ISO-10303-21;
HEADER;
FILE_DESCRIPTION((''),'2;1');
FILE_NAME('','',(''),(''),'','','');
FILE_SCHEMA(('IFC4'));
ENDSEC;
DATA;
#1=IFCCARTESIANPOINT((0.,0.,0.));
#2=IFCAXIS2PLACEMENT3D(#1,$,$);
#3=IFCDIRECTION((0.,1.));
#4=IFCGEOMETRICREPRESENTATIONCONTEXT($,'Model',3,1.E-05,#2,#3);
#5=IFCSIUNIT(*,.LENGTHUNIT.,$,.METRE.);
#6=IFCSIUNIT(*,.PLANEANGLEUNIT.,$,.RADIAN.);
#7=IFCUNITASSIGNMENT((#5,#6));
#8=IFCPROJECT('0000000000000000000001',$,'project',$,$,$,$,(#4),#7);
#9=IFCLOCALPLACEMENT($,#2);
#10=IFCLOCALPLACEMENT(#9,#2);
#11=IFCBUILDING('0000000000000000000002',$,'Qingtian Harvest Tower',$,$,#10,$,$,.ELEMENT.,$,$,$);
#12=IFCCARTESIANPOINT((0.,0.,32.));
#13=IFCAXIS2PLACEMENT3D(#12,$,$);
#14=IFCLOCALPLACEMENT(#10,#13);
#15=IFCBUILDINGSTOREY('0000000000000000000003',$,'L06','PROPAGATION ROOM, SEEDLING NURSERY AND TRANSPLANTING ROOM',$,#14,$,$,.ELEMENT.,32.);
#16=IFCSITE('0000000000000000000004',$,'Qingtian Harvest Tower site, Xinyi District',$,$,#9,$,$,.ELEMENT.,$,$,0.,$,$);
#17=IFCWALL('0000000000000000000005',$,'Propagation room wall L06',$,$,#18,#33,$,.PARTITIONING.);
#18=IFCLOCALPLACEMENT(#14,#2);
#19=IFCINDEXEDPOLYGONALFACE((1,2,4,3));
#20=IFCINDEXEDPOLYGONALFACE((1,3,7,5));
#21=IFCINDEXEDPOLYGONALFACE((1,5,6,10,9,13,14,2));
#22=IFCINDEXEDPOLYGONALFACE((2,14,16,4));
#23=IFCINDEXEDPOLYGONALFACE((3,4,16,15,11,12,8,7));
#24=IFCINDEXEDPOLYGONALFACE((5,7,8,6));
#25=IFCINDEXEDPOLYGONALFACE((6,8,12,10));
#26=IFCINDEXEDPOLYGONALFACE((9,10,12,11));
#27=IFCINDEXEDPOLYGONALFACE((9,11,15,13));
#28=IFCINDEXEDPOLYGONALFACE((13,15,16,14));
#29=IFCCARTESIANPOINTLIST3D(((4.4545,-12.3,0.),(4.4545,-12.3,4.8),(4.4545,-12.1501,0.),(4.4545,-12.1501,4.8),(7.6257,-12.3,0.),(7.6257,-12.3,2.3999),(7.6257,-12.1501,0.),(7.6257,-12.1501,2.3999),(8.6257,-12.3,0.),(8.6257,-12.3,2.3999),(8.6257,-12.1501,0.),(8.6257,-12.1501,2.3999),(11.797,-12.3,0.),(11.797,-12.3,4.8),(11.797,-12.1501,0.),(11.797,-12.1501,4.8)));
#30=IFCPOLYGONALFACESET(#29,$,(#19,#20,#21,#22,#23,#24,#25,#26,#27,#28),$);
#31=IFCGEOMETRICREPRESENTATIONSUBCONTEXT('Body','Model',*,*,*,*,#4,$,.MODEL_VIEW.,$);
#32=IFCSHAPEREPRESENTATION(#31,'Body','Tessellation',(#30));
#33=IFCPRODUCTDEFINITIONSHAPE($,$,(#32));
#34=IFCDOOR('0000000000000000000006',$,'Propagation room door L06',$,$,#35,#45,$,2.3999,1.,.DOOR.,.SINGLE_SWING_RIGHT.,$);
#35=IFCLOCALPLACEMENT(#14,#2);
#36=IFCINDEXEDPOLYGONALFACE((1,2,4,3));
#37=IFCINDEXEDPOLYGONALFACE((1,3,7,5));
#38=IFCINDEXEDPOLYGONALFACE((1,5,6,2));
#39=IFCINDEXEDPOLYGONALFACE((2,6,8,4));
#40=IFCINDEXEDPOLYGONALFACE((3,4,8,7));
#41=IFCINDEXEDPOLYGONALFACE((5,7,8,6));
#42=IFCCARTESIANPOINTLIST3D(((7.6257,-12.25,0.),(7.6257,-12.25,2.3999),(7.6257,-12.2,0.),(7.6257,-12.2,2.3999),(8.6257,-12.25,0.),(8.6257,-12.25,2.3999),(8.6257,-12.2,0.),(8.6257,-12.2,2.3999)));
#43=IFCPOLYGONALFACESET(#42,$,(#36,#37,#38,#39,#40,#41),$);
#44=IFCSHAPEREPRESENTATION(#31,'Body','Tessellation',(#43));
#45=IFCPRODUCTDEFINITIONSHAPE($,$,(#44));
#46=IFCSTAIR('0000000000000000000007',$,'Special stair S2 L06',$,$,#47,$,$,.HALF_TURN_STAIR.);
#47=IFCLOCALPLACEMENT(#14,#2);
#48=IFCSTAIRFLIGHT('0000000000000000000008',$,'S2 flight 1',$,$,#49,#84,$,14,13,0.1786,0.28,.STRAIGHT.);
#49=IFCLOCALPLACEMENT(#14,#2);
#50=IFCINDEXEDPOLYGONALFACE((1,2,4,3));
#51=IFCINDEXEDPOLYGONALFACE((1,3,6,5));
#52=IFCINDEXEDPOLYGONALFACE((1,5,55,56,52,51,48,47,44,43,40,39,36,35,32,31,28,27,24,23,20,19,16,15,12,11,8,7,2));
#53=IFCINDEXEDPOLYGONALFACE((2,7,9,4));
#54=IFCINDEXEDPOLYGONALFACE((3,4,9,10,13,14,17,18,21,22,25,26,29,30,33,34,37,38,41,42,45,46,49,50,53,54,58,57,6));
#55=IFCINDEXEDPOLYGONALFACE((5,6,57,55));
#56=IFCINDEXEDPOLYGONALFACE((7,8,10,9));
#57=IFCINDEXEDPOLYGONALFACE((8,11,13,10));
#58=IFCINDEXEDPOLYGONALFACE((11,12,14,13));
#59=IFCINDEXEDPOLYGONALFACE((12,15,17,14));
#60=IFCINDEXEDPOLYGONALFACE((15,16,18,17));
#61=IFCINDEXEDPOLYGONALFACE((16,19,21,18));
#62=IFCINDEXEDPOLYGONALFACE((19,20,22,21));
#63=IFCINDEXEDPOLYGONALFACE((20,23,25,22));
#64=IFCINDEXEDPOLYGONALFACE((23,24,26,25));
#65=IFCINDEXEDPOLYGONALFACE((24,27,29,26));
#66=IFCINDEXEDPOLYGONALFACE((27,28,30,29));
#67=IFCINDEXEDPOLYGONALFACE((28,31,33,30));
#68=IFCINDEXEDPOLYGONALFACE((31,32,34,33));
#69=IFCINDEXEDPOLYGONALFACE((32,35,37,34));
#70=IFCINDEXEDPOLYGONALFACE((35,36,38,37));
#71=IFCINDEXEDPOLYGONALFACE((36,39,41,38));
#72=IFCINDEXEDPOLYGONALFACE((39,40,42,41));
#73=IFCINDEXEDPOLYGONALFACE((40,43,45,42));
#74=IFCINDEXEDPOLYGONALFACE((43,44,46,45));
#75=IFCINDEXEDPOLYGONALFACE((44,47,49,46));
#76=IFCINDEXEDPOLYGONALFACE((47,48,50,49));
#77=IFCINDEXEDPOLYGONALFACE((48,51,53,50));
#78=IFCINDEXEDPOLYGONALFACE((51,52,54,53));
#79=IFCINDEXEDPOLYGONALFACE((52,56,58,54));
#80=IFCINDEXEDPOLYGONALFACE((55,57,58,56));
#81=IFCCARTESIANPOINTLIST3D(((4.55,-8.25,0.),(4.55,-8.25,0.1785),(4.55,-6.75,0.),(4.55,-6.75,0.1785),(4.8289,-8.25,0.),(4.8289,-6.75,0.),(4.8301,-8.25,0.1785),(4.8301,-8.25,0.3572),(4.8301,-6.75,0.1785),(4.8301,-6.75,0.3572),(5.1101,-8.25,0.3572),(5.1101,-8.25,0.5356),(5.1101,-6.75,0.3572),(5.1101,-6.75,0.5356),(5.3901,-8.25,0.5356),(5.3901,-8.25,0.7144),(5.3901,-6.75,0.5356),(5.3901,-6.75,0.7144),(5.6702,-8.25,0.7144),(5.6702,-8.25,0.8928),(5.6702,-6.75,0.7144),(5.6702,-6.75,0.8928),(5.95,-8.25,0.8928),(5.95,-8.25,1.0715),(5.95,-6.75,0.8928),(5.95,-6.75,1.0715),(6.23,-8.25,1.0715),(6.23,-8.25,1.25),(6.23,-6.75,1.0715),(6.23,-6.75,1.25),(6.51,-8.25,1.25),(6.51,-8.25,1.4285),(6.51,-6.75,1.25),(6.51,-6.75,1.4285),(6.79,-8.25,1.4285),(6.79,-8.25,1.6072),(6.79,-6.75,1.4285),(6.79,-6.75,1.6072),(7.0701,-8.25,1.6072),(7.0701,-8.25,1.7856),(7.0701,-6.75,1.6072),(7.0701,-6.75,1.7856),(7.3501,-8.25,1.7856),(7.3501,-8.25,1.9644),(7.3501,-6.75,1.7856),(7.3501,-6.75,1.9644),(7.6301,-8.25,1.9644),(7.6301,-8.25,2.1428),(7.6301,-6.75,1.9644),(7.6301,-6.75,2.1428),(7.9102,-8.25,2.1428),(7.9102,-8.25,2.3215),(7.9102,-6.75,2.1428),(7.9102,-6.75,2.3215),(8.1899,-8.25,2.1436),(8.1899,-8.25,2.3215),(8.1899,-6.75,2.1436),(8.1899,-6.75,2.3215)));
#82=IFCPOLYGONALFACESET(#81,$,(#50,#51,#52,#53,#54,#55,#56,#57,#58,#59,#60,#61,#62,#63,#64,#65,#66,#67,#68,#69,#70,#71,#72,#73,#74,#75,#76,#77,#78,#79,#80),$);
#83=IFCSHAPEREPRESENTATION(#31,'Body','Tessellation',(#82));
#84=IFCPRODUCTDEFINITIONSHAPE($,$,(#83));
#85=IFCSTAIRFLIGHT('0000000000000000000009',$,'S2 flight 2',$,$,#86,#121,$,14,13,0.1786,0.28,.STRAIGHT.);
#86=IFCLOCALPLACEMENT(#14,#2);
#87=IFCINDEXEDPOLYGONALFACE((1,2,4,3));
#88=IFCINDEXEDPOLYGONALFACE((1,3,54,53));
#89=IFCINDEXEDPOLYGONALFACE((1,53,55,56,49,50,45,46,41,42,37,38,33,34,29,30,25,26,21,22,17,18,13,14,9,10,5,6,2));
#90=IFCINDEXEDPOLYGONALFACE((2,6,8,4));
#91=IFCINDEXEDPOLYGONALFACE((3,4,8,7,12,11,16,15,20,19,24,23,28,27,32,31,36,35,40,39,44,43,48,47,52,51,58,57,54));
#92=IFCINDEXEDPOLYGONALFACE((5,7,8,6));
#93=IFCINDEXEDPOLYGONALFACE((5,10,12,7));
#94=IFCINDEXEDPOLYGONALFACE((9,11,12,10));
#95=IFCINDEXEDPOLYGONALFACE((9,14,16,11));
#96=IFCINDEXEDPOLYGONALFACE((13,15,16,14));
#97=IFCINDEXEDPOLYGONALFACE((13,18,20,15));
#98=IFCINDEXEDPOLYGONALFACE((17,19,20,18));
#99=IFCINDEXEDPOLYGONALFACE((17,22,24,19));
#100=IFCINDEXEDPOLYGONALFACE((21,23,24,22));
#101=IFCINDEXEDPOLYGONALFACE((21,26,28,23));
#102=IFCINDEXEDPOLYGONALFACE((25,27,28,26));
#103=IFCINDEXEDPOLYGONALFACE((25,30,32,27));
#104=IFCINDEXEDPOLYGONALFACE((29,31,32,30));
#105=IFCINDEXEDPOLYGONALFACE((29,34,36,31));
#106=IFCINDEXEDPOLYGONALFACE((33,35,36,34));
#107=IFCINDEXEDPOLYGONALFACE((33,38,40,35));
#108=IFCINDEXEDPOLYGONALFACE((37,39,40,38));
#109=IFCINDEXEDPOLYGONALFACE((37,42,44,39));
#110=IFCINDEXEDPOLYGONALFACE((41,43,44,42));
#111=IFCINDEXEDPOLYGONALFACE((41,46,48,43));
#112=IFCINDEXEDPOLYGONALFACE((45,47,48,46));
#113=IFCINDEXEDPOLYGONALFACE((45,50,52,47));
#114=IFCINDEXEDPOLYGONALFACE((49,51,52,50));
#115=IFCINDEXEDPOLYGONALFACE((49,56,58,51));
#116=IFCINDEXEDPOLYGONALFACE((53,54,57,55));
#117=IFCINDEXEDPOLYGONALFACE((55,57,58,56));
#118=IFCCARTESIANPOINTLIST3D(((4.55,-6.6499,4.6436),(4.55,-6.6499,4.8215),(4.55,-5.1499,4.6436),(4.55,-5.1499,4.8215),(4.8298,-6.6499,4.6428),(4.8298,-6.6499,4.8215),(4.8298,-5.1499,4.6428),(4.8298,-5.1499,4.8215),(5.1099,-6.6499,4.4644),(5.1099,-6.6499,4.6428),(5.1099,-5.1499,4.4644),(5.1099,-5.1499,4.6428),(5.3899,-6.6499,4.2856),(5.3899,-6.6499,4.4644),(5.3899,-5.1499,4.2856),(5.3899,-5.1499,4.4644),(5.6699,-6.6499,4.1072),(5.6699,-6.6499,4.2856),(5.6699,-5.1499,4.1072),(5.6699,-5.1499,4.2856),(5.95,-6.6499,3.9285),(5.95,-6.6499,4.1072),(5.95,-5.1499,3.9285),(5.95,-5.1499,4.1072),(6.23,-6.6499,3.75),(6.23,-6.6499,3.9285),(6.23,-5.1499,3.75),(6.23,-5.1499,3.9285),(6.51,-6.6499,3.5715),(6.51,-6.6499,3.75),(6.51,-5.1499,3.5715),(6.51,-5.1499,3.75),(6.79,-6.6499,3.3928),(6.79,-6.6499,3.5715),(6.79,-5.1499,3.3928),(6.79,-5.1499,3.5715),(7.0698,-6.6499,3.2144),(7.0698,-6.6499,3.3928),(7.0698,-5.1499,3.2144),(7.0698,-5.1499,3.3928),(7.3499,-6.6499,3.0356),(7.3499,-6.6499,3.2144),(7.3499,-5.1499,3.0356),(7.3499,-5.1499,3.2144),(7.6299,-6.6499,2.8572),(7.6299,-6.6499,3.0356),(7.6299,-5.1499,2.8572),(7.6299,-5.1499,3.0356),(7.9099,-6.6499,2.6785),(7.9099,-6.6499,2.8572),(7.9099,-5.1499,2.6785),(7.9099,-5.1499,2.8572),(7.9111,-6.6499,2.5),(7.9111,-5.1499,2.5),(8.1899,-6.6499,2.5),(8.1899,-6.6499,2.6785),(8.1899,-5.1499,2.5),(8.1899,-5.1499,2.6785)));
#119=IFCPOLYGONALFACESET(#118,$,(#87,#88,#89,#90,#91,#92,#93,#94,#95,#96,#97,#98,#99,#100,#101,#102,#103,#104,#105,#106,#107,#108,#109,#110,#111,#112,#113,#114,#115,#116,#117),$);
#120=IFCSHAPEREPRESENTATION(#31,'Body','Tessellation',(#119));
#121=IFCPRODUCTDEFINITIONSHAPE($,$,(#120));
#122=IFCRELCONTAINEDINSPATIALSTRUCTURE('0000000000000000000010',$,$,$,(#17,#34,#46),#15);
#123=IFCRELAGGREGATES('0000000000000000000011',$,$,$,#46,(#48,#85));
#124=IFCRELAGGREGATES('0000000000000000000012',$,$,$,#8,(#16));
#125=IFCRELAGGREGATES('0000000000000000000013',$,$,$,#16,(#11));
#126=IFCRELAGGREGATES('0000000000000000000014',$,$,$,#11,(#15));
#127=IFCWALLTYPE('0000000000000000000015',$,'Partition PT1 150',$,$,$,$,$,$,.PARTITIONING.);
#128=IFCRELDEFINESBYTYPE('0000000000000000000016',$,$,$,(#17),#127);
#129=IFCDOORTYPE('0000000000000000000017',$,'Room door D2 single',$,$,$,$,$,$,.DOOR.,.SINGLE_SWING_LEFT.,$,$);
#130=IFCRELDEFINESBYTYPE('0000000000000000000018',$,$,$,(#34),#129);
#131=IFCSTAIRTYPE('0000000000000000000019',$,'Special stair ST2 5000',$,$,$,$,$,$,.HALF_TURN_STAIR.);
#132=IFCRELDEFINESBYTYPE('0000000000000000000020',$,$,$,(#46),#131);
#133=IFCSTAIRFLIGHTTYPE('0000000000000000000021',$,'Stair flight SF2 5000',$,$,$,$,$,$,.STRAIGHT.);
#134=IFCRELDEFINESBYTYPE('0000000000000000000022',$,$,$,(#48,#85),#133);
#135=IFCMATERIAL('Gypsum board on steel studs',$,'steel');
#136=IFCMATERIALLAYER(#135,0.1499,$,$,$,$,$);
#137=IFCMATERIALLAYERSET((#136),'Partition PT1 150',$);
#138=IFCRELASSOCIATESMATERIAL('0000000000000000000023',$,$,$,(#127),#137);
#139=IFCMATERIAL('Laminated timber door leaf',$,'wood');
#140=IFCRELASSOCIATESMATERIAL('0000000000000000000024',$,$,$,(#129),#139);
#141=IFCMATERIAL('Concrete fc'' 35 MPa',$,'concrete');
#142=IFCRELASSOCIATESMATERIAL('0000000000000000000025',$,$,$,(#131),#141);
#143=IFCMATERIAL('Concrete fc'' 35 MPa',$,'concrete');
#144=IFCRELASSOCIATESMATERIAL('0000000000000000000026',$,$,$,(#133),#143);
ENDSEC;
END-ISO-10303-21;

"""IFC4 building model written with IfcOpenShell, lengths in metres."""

from ifc_helpers import new_model, si_unit, direction, frame, frame_2d, origin, place, context, subcontext, project, spatial, polyline, rectangle, outline, extrude, material, layer, layer_set, type_object, element, fill, aggregate, save


model = new_model("IFC4")

# Units and contexts
model_context = context("Model", 3, precision=1e-05, world=origin(), true_north=direction((0.0, 1.0)))
body_context = subcontext(model_context, "Body", "Model", "MODEL_VIEW")
ifc_project = project(units=[si_unit("LENGTHUNIT", "METRE"), si_unit("PLANEANGLEUNIT", "RADIAN")], contexts=[model_context])

# Site, building, storey
site_placement = place(None, origin())
site = spatial("IfcSite", under=ifc_project, at=site_placement, Name="Qingtian Harvest Tower site, Xinyi District", CompositionType="ELEMENT", RefElevation=0.0)
building_placement = place(site_placement, origin())
building = spatial("IfcBuilding", under=site, at=building_placement, Name="Qingtian Harvest Tower", CompositionType="ELEMENT")
storey_placement = place(building_placement, frame((0.0, 0.0, 32.0)))
storey = spatial("IfcBuildingStorey", under=building, at=storey_placement, Name="L06", Description="PROPAGATION ROOM, SEEDLING NURSERY AND TRANSPLANTING ROOM", CompositionType="ELEMENT", Elevation=32.0)

# Wall, opening, door
ifc_material_1 = material(Name="Gypsum board on steel studs", Category="steel")
ifc_layer_1 = layer(ifc_material_1, 0.1499)
ifc_layer_set_1 = layer_set([ifc_layer_1], Name="Partition PT1 150")
wall_type_1 = type_object("IfcWallType", Name="Partition PT1 150", PredefinedType="PARTITIONING", material=ifc_layer_set_1)
wall_1_placement = place(storey_placement, frame((11.7971, -12.2251, 0.0), z_axis=(0.0, 0.0, 1.0), x_axis=(-1.0, 0.0, 0.0)))
wall_1 = element("IfcWall", 1, at=wall_1_placement, inside=storey, type_object=wall_type_1, Name="Propagation room wall L06", PredefinedType="PARTITIONING", context=body_context, shape_type="SweptSolid", body=[
    extrude(rectangle(XDim=7.3425, YDim=0.1499, at=frame_2d((3.6714, 0.0))), origin(), (0.0, 0.0, 1.0), 4.8),
])
opening_1_placement = place(wall_1_placement, frame((3.1714, 0.0, 0.0)))
opening_1 = element("IfcOpeningElement", 2, at=opening_1_placement, cuts=wall_1, PredefinedType="OPENING", context=body_context, shape_type="SweptSolid", body=[
    extrude(rectangle(XDim=1.0, YDim=2.3999, at=frame_2d((0.5, 1.2))), frame((0.0, 0.085, 0.0), z_axis=(0.0, -1.0, 0.0), x_axis=(1.0, 0.0, 0.0)), (0.0, 0.0, 1.0), 0.1699),
])
ifc_material_2 = material(Name="Laminated timber door leaf", Category="wood")
door_type_1 = type_object("IfcDoorType", Name="Room door D2 single", OperationType="SINGLE_SWING_LEFT", PredefinedType="DOOR", material=ifc_material_2)
door_1_placement = place(opening_1_placement, origin())
door_1 = element("IfcDoor", 3, at=door_1_placement, inside=storey, type_object=door_type_1, Name="Propagation room door L06", OperationType="SINGLE_SWING_RIGHT", OverallHeight=2.3999, OverallWidth=1.0, PredefinedType="DOOR", context=body_context, shape_type="SweptSolid", body=[
    extrude(rectangle(XDim=1.0, YDim=2.3999, at=frame_2d((0.5, 1.2))), frame((0.0, 0.0249, 0.0), z_axis=(0.0, -1.0, 0.0), x_axis=(1.0, 0.0, 0.0)), (0.0, 0.0, 1.0), 0.05),
])
fill(opening_1, door_1)

# Stair, stair flights
ifc_material_3 = material(Name="Concrete fc' 35 MPa", Category="concrete")
stair_type = type_object("IfcStairType", Name="Special stair ST2 5000", PredefinedType="HALF_TURN_STAIR", material=ifc_material_3)
stair_placement = place(storey_placement, origin())
stair = element("IfcStair", 4, at=stair_placement, inside=storey, type_object=stair_type, Name="Special stair S2 L06", PredefinedType="HALF_TURN_STAIR")
ifc_material_4 = material(Name="Concrete fc' 35 MPa", Category="concrete")
stair_flight_type = type_object("IfcStairFlightType", Name="Stair flight SF2 5000", PredefinedType="STRAIGHT", material=ifc_material_4)
stair_flight_1_placement = place(storey_placement, frame((4.55, -7.5, 0.0), z_axis=(0.0, 0.0, 1.0), x_axis=(1.0, 0.0, 0.0)))
stair_flight_1 = element("IfcStairFlight", 5, at=stair_flight_1_placement, type_object=stair_flight_type, Name="S2 flight 1", NumberOfRisers=14, NumberOfTreads=13, PredefinedType="STRAIGHT", RiserHeight=0.1786, TreadLength=0.28, context=body_context, shape_type="SweptSolid", body=[
    extrude(outline(polyline([(0.0, 0.0), (0.0, 0.1785), (0.28, 0.1785), (0.28, 0.3572), (0.5601, 0.3572), (0.5601, 0.5356), (0.8401, 0.5356), (0.8401, 0.7144), (1.1201, 0.7144), (1.1201, 0.8928), (1.3999, 0.8928), (1.3999, 1.0715), (1.6799, 1.0715), (1.6799, 1.25), (1.96, 1.25), (1.96, 1.4285), (2.24, 1.4285), (2.24, 1.6072), (2.52, 1.6072), (2.52, 1.7856), (2.8, 1.7856), (2.8, 1.9644), (3.0801, 1.9644), (3.0801, 2.1428), (3.3601, 2.1428), (3.3601, 2.3215), (3.6399, 2.3215), (3.6399, 2.5), (3.6399, 2.1436), (0.2788, 0.0), (0.0, 0.0)])), frame((0.0, 0.75, 0.0), z_axis=(0.0, -1.0, 0.0), x_axis=(1.0, 0.0, 0.0)), (0.0, 0.0, 1.0), 1.5),
])
stair_flight_2_placement = place(storey_placement, frame((8.1899, -5.8999, 2.5), z_axis=(0.0, 0.0, 1.0), x_axis=(-1.0, 0.0, 0.0)))
stair_flight_2 = element("IfcStairFlight", 6, at=stair_flight_2_placement, type_object=stair_flight_type, Name="S2 flight 2", NumberOfRisers=14, NumberOfTreads=13, PredefinedType="STRAIGHT", RiserHeight=0.1786, TreadLength=0.28, context=body_context, shape_type="SweptSolid", body=[
    extrude(outline(polyline([(0.0, 0.0), (0.0, 0.1785), (0.28, 0.1785), (0.28, 0.3572), (0.5601, 0.3572), (0.5601, 0.5356), (0.8401, 0.5356), (0.8401, 0.7144), (1.1201, 0.7144), (1.1201, 0.8928), (1.3999, 0.8928), (1.3999, 1.0715), (1.6799, 1.0715), (1.6799, 1.25), (1.96, 1.25), (1.96, 1.4285), (2.24, 1.4285), (2.24, 1.6072), (2.52, 1.6072), (2.52, 1.7856), (2.8, 1.7856), (2.8, 1.9644), (3.0801, 1.9644), (3.0801, 2.1428), (3.3601, 2.1428), (3.3601, 2.3215), (3.6399, 2.3215), (3.6399, 2.5), (3.6399, 2.1436), (0.2788, 0.0), (0.0, 0.0)])), frame((0.0, 0.75, 0.0), z_axis=(0.0, -1.0, 0.0), x_axis=(1.0, 0.0, 0.0)), (0.0, 0.0, 1.0), 1.5),
])
aggregate(stair, [stair_flight_1, stair_flight_2])

save(model, "model.ifc")
